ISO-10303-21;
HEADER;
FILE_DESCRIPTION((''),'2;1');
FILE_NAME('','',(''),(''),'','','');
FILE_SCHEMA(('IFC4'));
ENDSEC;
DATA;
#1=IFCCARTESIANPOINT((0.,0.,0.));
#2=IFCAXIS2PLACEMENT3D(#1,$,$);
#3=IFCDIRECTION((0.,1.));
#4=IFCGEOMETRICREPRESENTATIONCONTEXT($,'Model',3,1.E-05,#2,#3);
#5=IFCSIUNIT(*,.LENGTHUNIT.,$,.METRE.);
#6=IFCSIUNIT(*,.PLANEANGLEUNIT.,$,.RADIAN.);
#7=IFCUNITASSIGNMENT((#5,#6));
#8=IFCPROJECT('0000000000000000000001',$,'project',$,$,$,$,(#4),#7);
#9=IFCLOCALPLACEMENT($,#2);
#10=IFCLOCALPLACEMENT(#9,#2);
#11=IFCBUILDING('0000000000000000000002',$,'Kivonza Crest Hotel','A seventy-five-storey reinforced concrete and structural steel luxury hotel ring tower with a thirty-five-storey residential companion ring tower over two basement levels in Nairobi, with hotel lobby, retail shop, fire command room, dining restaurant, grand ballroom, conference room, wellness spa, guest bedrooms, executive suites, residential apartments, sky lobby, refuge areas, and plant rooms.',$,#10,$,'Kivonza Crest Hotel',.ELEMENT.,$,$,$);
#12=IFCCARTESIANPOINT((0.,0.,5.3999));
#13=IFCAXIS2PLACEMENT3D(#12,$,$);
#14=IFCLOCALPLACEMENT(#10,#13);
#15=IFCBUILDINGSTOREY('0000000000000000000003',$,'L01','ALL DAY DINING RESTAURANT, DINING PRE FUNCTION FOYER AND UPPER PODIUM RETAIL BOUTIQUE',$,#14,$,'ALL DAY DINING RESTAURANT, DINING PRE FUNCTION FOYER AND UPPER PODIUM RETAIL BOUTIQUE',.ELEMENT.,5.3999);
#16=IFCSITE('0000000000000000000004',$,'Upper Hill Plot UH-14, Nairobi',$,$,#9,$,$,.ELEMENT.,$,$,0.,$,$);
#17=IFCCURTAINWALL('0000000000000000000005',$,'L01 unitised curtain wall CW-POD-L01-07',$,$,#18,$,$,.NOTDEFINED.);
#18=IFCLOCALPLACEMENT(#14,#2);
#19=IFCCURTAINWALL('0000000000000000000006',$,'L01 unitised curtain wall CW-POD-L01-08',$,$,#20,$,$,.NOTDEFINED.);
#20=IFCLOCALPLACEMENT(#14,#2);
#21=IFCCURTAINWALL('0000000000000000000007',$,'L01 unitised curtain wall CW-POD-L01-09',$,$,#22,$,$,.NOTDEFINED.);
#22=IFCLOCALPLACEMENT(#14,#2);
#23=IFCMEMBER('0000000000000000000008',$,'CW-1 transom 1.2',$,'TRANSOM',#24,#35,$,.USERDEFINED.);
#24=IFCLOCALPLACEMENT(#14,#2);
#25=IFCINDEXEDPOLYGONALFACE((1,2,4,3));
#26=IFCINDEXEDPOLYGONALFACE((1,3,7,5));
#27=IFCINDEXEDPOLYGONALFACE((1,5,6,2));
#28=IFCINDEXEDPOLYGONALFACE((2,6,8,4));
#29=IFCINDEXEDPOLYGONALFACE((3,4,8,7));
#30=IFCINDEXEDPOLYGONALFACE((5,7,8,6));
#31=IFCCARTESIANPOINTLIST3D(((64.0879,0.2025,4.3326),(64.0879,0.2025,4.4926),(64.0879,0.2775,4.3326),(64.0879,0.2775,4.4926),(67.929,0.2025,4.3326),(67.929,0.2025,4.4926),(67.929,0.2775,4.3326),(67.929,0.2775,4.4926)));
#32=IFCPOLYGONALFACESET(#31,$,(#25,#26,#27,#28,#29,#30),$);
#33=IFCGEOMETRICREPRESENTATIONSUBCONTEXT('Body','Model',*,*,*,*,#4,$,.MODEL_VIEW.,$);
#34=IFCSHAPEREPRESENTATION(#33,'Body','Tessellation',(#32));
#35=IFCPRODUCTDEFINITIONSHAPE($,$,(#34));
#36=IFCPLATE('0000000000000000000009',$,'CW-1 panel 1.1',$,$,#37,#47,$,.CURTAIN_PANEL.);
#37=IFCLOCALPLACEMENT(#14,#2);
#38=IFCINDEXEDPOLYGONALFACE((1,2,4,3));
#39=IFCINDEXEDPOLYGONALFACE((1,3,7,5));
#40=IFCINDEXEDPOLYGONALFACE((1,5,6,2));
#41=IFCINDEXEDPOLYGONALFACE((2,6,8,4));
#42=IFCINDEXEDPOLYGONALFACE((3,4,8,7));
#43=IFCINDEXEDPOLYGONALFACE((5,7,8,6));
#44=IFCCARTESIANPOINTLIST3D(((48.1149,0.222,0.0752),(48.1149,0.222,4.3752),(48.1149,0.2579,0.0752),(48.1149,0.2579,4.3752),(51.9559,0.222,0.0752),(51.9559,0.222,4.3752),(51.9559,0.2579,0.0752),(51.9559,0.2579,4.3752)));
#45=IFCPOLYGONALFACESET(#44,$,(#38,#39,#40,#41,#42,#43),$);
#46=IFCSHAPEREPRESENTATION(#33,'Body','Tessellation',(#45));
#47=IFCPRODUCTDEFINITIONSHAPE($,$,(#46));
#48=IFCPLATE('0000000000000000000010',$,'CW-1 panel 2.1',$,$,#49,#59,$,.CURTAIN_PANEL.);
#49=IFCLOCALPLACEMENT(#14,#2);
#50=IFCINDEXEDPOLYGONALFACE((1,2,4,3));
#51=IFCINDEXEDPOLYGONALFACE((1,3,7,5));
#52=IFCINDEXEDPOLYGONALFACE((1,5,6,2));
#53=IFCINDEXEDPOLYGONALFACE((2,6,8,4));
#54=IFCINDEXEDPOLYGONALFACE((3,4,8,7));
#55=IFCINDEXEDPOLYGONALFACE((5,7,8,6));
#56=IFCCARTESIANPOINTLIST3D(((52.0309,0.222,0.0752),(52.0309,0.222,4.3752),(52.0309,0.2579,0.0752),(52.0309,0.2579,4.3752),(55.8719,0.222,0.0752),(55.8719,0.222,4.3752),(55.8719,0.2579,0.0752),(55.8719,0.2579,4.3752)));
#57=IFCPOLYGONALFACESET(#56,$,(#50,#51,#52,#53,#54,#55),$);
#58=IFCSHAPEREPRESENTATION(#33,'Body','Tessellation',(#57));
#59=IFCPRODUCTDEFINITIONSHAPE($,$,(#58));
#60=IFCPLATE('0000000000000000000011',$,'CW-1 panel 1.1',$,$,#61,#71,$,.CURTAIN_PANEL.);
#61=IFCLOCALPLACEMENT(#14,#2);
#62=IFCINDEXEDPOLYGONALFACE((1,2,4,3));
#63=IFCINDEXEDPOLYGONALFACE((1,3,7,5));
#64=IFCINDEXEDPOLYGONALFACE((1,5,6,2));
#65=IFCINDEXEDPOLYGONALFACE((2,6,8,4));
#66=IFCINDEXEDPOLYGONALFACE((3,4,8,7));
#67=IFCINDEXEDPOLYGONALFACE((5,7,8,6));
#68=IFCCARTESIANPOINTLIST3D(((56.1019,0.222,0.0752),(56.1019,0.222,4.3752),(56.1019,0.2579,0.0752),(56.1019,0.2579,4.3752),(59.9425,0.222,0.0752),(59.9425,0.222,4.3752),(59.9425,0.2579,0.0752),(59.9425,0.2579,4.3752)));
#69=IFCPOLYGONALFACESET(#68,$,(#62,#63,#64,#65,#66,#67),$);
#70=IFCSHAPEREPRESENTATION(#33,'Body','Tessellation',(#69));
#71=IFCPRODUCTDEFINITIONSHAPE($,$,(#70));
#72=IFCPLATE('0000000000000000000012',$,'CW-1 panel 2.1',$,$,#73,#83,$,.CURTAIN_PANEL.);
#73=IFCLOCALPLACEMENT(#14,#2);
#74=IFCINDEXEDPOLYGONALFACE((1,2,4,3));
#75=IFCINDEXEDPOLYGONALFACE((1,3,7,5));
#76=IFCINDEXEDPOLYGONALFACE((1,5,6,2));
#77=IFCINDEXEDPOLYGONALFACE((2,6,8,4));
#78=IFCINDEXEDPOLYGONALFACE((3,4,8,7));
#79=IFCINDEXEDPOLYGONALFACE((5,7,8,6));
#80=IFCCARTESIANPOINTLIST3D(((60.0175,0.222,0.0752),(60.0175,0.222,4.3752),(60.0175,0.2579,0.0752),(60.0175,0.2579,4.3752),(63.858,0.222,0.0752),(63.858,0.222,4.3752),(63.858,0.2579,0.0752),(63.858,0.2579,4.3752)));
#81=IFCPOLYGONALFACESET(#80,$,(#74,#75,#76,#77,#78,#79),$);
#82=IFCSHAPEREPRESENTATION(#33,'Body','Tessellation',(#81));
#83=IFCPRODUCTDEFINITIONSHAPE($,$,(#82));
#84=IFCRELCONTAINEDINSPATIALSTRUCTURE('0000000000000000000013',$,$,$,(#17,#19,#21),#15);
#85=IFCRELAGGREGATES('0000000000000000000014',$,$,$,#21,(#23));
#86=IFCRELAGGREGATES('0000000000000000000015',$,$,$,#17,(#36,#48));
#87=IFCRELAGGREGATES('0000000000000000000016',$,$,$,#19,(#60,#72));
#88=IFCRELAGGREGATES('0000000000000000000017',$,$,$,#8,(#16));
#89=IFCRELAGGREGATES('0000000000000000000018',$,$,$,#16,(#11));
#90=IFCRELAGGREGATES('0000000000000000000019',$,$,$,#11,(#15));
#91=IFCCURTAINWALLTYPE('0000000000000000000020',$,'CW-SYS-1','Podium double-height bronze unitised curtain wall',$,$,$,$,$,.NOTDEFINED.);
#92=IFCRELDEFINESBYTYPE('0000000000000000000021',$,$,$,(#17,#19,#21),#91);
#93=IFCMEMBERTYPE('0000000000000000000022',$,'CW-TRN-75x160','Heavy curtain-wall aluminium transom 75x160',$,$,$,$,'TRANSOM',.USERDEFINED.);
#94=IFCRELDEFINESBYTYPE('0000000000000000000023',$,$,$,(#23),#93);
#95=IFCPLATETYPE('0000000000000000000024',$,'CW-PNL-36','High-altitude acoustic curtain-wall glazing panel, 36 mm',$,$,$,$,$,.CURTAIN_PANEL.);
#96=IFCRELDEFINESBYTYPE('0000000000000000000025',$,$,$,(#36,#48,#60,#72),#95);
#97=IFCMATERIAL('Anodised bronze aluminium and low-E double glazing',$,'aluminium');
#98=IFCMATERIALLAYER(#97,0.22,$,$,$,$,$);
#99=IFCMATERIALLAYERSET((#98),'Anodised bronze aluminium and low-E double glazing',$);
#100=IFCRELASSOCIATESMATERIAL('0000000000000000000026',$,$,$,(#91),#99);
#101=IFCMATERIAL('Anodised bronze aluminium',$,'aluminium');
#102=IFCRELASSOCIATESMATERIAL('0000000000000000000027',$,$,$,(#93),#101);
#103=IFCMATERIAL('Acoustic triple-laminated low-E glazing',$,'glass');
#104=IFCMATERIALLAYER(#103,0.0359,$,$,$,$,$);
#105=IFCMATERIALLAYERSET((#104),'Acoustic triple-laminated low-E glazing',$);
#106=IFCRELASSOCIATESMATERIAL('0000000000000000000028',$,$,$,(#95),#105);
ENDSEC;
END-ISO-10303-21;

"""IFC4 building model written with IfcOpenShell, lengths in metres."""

from ifc_helpers import new_model, si_unit, direction, frame, origin, origin_2d, place, context, subcontext, project, spatial, rectangle, extrude, material, layer, layer_set, material_profile, profile_set, type_object, element, aggregate, save


model = new_model("IFC4")

# Units and contexts
model_context = context("Model", 3, precision=1e-05, world=origin(), true_north=direction((0.0, 1.0)))
body_context = subcontext(model_context, "Body", "Model", "MODEL_VIEW")
ifc_project = project(units=[si_unit("LENGTHUNIT", "METRE"), si_unit("PLANEANGLEUNIT", "RADIAN")], contexts=[model_context])

# Site, building, storey
site_placement = place(None, origin())
site = spatial("IfcSite", under=ifc_project, at=site_placement, Name="Upper Hill Plot UH-14, Nairobi", CompositionType="ELEMENT", RefElevation=0.0)
building_placement = place(site_placement, origin())
building = spatial("IfcBuilding", under=site, at=building_placement, Name="Kivonza Crest Hotel", Description="A seventy-five-storey reinforced concrete and structural steel luxury hotel ring tower with a thirty-five-storey residential companion ring tower over two basement levels in Nairobi, with hotel lobby, retail shop, fire command room, dining restaurant, grand ballroom, conference room, wellness spa, guest bedrooms, executive suites, residential apartments, sky lobby, refuge areas, and plant rooms.", LongName="Kivonza Crest Hotel", CompositionType="ELEMENT")
storey_placement = place(building_placement, frame((0.0, 0.0, 5.3999)))
storey = spatial("IfcBuildingStorey", under=building, at=storey_placement, Name="L01", Description="ALL DAY DINING RESTAURANT, DINING PRE FUNCTION FOYER AND UPPER PODIUM RETAIL BOUTIQUE", LongName="ALL DAY DINING RESTAURANT, DINING PRE FUNCTION FOYER AND UPPER PODIUM RETAIL BOUTIQUE", CompositionType="ELEMENT", Elevation=5.3999)

# Curtain walls
ifc_material_1 = material(Name="Anodised bronze aluminium and low-E double glazing", Category="aluminium")
ifc_layer_1 = layer(ifc_material_1, 0.22)
ifc_layer_set_1 = layer_set([ifc_layer_1], Name="Anodised bronze aluminium and low-E double glazing")
curtain_wall_type = type_object("IfcCurtainWallType", Name="CW-SYS-1", Description="Podium double-height bronze unitised curtain wall", PredefinedType="NOTDEFINED", material=ifc_layer_set_1)
curtain_wall_1_placement = place(storey_placement, origin())
curtain_wall_1 = element("IfcCurtainWall", 1, at=curtain_wall_1_placement, inside=storey, type_object=curtain_wall_type, Name="L01 unitised curtain wall CW-POD-L01-07", PredefinedType="NOTDEFINED")
ifc_material_2 = material(Name="Anodised bronze aluminium", Category="aluminium")
curtain_wall_2_placement = place(storey_placement, origin())
curtain_wall_2 = element("IfcCurtainWall", 2, at=curtain_wall_2_placement, inside=storey, type_object=curtain_wall_type, Name="L01 unitised curtain wall CW-POD-L01-08", PredefinedType="NOTDEFINED")

# Curtain wall
curtain_wall_3_placement = place(storey_placement, origin())
curtain_wall_3 = element("IfcCurtainWall", 3, at=curtain_wall_3_placement, inside=storey, type_object=curtain_wall_type, Name="L01 unitised curtain wall CW-POD-L01-09", PredefinedType="NOTDEFINED")

# Member
ifc_material_profile_1 = material_profile(ifc_material_2, rectangle(XDim=0.075, YDim=0.1599, at=origin_2d()), Name="CW-T 75x160")
ifc_profile_set_1 = profile_set([ifc_material_profile_1], Name="Anodised bronze aluminium")
member_type_1 = type_object("IfcMemberType", Name="CW-TRN-75x160", Description="Heavy curtain-wall aluminium transom 75x160", ElementType="TRANSOM", PredefinedType="USERDEFINED", material=ifc_profile_set_1)
member_1_placement = place(storey_placement, frame((64.0879, 0.24, 4.4126), z_axis=(1.0, 0.0, 0.0), x_axis=(0.0, 1.0, 0.0)))
member_1 = element("IfcMember", 4, at=member_1_placement, type_object=member_type_1, Name="CW-1 transom 1.2", ObjectType="TRANSOM", PredefinedType="USERDEFINED", context=body_context, shape_type="SweptSolid", body=[
    extrude(rectangle(XDim=0.075, YDim=0.1599, at=origin_2d()), origin(), (0.0, 0.0, 1.0), 3.8411),
])
aggregate(curtain_wall_3, [member_1])

# Plates
ifc_material_3 = material(Name="Acoustic triple-laminated low-E glazing", Category="glass")
ifc_layer_2 = layer(ifc_material_3, 0.0359)
ifc_layer_set_2 = layer_set([ifc_layer_2], Name="Acoustic triple-laminated low-E glazing")
plate_type = type_object("IfcPlateType", Name="CW-PNL-36", Description="High-altitude acoustic curtain-wall glazing panel, 36 mm", PredefinedType="CURTAIN_PANEL", material=ifc_layer_set_2)
plate_1_placement = place(storey_placement, frame((50.0354, 0.24, 0.0752), z_axis=(0.0, 0.0, 1.0), x_axis=(1.0, 0.0, 0.0)))
plate_1 = element("IfcPlate", 5, at=plate_1_placement, type_object=plate_type, Name="CW-1 panel 1.1", PredefinedType="CURTAIN_PANEL", context=body_context, shape_type="SweptSolid", body=[
    extrude(rectangle(XDim=3.8411, YDim=0.0359, at=origin_2d()), origin(), (0.0, 0.0, 1.0), 4.3),
])
plate_2_placement = place(storey_placement, frame((53.9514, 0.24, 0.0752), z_axis=(0.0, 0.0, 1.0), x_axis=(1.0, 0.0, 0.0)))
plate_2 = element("IfcPlate", 6, at=plate_2_placement, type_object=plate_type, Name="CW-1 panel 2.1", PredefinedType="CURTAIN_PANEL", context=body_context, shape_type="SweptSolid", body=[
    extrude(rectangle(XDim=3.8411, YDim=0.0359, at=origin_2d()), origin(), (0.0, 0.0, 1.0), 4.3),
])
aggregate(curtain_wall_1, [plate_1, plate_2])
plate_3_placement = place(storey_placement, frame((58.0222, 0.24, 0.0752), z_axis=(0.0, 0.0, 1.0), x_axis=(1.0, 0.0, 0.0)))
plate_3 = element("IfcPlate", 7, at=plate_3_placement, type_object=plate_type, Name="CW-1 panel 1.1", PredefinedType="CURTAIN_PANEL", context=body_context, shape_type="SweptSolid", body=[
    extrude(rectangle(XDim=3.8406, YDim=0.0359, at=origin_2d()), origin(), (0.0, 0.0, 1.0), 4.3),
])
plate_4_placement = place(storey_placement, frame((61.9377, 0.24, 0.0752), z_axis=(0.0, 0.0, 1.0), x_axis=(1.0, 0.0, 0.0)))
plate_4 = element("IfcPlate", 8, at=plate_4_placement, type_object=plate_type, Name="CW-1 panel 2.1", PredefinedType="CURTAIN_PANEL", context=body_context, shape_type="SweptSolid", body=[
    extrude(rectangle(XDim=3.8406, YDim=0.0359, at=origin_2d()), origin(), (0.0, 0.0, 1.0), 4.3),
])
aggregate(curtain_wall_2, [plate_3, plate_4])

save(model, "model.ifc")
